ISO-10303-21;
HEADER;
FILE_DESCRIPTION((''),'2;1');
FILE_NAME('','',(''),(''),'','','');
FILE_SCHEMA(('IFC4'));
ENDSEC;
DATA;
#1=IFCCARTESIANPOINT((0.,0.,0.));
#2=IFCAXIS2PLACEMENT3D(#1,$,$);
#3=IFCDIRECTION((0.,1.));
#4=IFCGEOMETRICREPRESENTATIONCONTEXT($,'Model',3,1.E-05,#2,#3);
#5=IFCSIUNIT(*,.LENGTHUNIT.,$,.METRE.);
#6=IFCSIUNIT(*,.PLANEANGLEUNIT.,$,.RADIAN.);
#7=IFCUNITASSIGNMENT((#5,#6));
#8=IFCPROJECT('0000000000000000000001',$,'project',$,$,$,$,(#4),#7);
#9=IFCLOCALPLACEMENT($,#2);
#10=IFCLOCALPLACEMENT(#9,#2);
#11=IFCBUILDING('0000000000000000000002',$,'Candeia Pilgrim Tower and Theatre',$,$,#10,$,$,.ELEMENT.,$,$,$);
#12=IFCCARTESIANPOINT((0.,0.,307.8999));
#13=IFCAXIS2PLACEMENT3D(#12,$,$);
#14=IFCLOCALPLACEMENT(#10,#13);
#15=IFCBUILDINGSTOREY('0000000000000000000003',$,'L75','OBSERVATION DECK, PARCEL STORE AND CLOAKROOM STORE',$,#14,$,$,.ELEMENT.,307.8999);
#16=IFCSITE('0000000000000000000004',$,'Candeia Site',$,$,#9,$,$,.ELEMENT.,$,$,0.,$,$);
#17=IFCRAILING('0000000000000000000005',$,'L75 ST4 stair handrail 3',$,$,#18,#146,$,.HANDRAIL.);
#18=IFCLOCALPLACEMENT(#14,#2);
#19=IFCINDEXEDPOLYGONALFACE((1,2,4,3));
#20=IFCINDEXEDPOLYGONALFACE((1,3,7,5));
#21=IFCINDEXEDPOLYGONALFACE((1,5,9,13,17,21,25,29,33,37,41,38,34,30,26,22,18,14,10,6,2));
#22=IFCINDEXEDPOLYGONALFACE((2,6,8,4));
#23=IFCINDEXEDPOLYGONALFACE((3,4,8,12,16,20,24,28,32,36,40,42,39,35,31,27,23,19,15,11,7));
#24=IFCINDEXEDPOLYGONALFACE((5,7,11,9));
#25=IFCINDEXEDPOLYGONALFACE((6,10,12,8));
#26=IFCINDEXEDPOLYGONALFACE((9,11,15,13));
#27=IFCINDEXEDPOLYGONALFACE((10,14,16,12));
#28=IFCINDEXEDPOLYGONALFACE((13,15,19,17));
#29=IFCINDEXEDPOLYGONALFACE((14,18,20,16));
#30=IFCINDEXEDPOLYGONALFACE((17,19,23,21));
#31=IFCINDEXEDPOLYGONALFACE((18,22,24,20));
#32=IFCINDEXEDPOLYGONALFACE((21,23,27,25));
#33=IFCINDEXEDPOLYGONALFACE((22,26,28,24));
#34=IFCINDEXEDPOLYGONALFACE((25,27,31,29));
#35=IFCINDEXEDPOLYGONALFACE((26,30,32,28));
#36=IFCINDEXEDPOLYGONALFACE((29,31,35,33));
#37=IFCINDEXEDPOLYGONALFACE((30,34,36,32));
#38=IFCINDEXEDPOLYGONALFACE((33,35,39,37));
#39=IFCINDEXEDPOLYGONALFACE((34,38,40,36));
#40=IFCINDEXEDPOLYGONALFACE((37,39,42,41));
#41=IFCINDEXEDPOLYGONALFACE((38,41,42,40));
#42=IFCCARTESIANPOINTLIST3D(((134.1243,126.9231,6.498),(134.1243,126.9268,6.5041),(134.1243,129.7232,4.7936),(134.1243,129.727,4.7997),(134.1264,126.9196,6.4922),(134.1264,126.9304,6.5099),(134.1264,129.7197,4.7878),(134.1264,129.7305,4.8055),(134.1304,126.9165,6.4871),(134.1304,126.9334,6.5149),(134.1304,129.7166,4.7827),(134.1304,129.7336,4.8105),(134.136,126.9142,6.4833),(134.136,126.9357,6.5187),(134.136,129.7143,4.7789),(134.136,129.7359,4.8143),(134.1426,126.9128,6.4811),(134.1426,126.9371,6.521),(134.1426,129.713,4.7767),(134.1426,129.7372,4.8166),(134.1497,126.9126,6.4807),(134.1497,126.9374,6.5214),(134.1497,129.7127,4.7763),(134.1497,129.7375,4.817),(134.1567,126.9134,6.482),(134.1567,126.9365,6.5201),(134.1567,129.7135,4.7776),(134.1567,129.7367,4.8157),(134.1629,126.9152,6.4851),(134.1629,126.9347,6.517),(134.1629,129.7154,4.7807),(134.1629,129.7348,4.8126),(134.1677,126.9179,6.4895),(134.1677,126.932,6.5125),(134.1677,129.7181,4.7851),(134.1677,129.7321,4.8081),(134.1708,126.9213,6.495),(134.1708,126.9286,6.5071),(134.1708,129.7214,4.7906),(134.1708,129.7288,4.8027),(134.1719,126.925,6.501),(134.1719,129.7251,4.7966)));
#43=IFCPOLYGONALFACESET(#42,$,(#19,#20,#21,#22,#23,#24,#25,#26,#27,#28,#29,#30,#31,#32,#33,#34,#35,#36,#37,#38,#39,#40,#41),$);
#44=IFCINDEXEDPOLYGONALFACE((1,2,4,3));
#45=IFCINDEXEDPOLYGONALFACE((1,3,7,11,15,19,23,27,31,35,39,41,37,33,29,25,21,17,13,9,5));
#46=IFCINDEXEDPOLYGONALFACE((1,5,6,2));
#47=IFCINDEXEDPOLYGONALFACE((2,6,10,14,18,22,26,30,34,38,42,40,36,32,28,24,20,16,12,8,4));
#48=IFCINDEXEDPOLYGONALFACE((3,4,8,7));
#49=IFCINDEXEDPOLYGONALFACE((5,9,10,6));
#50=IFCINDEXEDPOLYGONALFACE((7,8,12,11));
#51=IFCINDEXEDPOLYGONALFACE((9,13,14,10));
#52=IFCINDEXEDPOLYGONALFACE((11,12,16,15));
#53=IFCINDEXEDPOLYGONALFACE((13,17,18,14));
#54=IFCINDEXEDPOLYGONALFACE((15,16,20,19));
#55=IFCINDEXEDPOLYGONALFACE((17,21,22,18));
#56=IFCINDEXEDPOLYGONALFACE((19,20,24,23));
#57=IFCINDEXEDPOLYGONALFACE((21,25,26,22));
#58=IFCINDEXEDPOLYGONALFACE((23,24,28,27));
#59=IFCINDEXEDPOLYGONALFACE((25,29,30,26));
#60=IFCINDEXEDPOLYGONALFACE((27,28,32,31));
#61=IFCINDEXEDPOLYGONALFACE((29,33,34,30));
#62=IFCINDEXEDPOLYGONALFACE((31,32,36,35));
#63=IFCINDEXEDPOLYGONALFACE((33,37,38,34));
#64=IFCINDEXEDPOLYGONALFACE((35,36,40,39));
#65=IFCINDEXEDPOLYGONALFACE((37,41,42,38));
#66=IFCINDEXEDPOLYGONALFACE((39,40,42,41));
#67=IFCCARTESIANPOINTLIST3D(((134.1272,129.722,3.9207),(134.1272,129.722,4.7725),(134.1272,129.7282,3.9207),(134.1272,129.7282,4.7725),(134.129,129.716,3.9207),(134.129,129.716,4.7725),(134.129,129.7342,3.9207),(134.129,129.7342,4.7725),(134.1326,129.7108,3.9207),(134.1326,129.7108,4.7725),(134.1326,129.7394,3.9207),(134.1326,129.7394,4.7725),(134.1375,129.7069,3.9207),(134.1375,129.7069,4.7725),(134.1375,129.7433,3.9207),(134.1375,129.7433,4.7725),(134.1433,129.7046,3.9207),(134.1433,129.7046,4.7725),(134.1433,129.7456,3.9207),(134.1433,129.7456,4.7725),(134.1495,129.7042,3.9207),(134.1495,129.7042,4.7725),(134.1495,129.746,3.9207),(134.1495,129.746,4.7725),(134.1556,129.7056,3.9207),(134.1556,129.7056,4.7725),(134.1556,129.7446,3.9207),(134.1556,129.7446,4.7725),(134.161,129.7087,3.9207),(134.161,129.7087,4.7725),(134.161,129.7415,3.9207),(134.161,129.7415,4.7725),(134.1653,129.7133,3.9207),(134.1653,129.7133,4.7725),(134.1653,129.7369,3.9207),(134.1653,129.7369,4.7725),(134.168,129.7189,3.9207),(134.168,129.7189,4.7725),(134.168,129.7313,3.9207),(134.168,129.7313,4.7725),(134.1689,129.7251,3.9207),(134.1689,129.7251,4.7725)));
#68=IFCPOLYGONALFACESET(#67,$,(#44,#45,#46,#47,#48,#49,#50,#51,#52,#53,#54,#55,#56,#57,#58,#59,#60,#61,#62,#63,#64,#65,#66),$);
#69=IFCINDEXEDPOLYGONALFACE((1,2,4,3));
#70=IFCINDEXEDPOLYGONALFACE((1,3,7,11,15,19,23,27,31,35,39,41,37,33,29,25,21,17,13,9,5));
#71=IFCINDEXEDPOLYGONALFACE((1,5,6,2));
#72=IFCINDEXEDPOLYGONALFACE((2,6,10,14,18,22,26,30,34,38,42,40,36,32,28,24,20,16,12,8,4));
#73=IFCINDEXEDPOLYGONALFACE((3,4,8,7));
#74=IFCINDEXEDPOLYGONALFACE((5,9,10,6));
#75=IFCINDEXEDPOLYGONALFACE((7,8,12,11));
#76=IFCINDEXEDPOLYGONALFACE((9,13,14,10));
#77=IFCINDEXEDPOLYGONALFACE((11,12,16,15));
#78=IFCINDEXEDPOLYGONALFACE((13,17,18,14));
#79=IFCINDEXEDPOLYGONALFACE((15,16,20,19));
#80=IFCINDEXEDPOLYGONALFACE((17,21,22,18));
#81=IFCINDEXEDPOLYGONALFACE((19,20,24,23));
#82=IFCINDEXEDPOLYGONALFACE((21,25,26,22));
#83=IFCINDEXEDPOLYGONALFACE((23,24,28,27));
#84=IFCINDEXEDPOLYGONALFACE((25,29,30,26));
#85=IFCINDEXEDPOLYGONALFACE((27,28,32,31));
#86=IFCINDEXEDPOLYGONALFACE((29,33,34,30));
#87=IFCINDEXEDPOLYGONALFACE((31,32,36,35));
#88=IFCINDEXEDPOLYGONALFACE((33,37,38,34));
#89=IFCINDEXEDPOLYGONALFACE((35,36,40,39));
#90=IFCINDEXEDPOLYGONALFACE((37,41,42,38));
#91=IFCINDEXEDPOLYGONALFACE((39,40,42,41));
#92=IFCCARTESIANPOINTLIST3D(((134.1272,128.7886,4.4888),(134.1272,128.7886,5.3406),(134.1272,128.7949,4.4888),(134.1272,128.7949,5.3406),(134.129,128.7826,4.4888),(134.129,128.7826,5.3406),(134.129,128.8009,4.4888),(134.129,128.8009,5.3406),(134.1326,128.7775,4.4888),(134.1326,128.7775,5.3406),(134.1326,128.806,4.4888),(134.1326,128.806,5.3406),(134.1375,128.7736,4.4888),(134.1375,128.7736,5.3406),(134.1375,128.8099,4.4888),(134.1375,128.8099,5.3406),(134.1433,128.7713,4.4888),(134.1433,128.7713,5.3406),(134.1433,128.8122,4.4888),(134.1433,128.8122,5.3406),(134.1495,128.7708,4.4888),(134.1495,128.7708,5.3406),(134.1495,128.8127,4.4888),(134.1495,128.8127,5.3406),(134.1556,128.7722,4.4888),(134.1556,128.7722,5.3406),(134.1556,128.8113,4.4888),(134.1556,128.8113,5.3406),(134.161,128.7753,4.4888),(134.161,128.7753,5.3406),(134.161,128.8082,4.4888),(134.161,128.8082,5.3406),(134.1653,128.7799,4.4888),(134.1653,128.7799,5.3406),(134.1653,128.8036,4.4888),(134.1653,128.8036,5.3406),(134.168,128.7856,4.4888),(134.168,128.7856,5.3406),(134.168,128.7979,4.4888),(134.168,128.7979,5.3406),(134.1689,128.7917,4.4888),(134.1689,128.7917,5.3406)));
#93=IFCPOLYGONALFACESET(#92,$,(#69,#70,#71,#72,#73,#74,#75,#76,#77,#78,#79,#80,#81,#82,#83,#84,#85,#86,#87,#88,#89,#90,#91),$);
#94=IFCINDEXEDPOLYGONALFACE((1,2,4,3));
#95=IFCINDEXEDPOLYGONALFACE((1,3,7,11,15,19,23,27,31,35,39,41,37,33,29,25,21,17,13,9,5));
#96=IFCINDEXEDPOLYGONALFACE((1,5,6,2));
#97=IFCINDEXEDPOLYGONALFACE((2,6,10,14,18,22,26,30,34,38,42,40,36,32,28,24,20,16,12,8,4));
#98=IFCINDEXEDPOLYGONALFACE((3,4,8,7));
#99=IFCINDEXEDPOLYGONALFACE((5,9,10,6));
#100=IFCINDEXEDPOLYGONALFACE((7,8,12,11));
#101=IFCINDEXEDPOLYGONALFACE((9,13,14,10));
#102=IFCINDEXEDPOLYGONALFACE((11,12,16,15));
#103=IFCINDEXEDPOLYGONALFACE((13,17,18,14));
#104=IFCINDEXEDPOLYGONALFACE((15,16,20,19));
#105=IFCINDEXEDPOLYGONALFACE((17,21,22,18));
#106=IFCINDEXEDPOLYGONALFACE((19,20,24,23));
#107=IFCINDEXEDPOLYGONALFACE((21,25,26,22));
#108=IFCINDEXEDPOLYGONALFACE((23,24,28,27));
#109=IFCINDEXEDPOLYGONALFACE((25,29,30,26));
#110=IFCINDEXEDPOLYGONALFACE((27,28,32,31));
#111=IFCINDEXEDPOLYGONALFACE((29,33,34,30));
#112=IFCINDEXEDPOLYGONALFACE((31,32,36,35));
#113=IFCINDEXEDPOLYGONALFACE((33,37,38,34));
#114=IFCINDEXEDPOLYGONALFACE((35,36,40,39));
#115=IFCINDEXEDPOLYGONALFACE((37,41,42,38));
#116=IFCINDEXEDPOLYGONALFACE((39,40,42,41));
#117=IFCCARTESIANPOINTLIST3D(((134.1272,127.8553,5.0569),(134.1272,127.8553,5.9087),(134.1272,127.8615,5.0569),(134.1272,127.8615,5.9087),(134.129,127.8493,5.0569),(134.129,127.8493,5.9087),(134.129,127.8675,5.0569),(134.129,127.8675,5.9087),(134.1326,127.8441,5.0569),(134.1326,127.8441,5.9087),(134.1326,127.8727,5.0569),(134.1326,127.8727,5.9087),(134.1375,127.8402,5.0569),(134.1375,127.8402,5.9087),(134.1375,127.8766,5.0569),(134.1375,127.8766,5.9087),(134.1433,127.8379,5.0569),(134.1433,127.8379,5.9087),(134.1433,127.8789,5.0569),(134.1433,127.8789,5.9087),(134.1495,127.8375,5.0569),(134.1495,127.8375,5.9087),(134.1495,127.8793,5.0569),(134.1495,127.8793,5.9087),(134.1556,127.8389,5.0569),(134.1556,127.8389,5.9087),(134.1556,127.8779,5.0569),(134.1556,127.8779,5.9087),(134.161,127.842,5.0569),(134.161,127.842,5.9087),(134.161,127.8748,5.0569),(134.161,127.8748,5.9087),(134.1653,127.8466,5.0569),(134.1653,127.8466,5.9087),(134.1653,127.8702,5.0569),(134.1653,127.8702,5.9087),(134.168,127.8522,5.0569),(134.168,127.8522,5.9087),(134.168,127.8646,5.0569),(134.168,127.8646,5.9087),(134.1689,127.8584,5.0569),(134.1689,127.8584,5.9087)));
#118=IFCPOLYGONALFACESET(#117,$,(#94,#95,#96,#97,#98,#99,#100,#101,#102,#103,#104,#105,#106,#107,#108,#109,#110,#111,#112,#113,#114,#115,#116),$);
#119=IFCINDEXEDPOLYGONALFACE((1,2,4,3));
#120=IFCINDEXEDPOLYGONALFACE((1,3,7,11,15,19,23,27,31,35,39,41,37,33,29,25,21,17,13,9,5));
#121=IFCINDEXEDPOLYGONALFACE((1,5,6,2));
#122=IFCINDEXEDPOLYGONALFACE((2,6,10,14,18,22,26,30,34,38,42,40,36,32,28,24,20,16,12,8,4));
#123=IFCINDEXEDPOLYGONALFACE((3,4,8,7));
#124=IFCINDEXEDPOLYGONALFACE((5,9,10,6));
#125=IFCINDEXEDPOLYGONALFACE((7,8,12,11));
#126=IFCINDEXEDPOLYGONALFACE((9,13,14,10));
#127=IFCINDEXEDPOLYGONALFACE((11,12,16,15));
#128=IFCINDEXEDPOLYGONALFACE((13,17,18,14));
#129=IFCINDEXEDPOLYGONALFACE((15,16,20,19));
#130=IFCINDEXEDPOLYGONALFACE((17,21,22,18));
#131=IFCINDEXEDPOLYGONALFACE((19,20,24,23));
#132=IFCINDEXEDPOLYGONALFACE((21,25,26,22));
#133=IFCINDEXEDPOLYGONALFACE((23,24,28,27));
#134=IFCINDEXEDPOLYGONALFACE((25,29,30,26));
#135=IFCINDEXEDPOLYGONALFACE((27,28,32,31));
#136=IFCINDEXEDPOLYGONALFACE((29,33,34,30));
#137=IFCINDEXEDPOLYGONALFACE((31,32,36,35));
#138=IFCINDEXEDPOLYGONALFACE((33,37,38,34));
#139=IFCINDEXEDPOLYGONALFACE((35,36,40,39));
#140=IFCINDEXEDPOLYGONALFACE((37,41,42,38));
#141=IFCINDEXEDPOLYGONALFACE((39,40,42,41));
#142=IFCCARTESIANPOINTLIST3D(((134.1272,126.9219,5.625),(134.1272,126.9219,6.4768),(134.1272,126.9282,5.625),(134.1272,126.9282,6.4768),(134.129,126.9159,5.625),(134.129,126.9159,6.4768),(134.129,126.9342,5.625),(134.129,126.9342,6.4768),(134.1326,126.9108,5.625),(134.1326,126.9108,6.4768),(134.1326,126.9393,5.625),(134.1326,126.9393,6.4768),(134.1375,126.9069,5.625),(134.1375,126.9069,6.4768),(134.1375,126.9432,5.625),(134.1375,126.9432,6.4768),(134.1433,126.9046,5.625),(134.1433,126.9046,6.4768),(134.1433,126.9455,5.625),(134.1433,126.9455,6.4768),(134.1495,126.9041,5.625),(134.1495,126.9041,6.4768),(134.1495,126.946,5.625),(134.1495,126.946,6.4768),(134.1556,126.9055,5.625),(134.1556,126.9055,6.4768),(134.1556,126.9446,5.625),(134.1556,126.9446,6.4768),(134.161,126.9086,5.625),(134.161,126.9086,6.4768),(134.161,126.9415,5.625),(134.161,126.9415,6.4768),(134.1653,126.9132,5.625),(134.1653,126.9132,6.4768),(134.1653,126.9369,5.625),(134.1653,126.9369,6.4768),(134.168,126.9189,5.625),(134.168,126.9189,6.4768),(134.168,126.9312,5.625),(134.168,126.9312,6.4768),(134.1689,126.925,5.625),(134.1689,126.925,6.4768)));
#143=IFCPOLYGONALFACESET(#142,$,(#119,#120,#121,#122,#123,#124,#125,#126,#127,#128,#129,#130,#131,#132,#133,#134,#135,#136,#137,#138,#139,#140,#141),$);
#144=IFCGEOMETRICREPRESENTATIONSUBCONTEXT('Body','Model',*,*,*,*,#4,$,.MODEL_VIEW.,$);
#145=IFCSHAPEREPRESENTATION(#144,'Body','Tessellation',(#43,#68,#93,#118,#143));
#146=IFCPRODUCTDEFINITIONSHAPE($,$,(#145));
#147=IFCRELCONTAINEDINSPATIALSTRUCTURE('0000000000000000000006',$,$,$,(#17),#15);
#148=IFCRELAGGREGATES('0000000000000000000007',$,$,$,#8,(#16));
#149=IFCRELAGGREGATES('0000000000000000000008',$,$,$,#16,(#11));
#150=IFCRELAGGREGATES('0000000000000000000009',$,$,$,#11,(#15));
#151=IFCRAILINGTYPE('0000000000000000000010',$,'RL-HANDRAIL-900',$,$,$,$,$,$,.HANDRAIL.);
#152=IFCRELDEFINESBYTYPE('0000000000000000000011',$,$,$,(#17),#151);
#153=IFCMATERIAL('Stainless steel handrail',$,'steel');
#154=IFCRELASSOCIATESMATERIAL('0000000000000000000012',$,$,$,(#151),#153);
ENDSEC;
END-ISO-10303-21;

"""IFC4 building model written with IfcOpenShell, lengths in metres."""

from ifc_helpers import new_model, si_unit, direction, frame, origin, origin_2d, place, context, subcontext, project, spatial, circle, extrude, material, type_object, element, save


model = new_model("IFC4")

# Units and contexts
model_context = context("Model", 3, precision=1e-05, world=origin(), true_north=direction((0.0, 1.0)))
body_context = subcontext(model_context, "Body", "Model", "MODEL_VIEW")
ifc_project = project(units=[si_unit("LENGTHUNIT", "METRE"), si_unit("PLANEANGLEUNIT", "RADIAN")], contexts=[model_context])

# Site, building, storey
site_placement = place(None, origin())
site = spatial("IfcSite", under=ifc_project, at=site_placement, Name="Candeia Site", CompositionType="ELEMENT", RefElevation=0.0)
building_placement = place(site_placement, origin())
building = spatial("IfcBuilding", under=site, at=building_placement, Name="Candeia Pilgrim Tower and Theatre", CompositionType="ELEMENT")
storey_placement = place(building_placement, frame((0.0, 0.0, 307.8999)))
storey = spatial("IfcBuildingStorey", under=building, at=storey_placement, Name="L75", Description="OBSERVATION DECK, PARCEL STORE AND CLOAKROOM STORE", CompositionType="ELEMENT", Elevation=307.8999)

# Railing
ifc_material_1 = material(Name="Stainless steel handrail", Category="steel")
railing_type_1 = type_object("IfcRailingType", Name="RL-HANDRAIL-900", PredefinedType="HANDRAIL", material=ifc_material_1)
railing_placement = place(storey_placement, frame((134.1479, 129.7251, 3.9207)))
element("IfcRailing", 1, at=railing_placement, inside=storey, type_object=railing_type_1, Name="L75 ST4 stair handrail 3", PredefinedType="HANDRAIL", context=body_context, shape_type="SweptSolid", body=[
    extrude(circle(Radius=0.0239, at=origin_2d()), frame((0.0, 0.0, 0.876), z_axis=(0.0, -0.854203, 0.51994), x_axis=(1.0, 0.0, 0.0)), (0.0, 0.0, 1.0), 3.2781),
    extrude(circle(Radius=0.021, at=origin_2d()), origin(), (0.0, 0.0, 1.0), 0.8518),
    extrude(circle(Radius=0.021, at=origin_2d()), frame((0.0, -0.9333, 0.5681)), (0.0, 0.0, 1.0), 0.8518),
    extrude(circle(Radius=0.021, at=origin_2d()), frame((0.0, -1.8667, 1.1362)), (0.0, 0.0, 1.0), 0.8518),
    extrude(circle(Radius=0.021, at=origin_2d()), frame((0.0, -2.8, 1.7043)), (0.0, 0.0, 1.0), 0.8518),
])

save(model, "model.ifc")
